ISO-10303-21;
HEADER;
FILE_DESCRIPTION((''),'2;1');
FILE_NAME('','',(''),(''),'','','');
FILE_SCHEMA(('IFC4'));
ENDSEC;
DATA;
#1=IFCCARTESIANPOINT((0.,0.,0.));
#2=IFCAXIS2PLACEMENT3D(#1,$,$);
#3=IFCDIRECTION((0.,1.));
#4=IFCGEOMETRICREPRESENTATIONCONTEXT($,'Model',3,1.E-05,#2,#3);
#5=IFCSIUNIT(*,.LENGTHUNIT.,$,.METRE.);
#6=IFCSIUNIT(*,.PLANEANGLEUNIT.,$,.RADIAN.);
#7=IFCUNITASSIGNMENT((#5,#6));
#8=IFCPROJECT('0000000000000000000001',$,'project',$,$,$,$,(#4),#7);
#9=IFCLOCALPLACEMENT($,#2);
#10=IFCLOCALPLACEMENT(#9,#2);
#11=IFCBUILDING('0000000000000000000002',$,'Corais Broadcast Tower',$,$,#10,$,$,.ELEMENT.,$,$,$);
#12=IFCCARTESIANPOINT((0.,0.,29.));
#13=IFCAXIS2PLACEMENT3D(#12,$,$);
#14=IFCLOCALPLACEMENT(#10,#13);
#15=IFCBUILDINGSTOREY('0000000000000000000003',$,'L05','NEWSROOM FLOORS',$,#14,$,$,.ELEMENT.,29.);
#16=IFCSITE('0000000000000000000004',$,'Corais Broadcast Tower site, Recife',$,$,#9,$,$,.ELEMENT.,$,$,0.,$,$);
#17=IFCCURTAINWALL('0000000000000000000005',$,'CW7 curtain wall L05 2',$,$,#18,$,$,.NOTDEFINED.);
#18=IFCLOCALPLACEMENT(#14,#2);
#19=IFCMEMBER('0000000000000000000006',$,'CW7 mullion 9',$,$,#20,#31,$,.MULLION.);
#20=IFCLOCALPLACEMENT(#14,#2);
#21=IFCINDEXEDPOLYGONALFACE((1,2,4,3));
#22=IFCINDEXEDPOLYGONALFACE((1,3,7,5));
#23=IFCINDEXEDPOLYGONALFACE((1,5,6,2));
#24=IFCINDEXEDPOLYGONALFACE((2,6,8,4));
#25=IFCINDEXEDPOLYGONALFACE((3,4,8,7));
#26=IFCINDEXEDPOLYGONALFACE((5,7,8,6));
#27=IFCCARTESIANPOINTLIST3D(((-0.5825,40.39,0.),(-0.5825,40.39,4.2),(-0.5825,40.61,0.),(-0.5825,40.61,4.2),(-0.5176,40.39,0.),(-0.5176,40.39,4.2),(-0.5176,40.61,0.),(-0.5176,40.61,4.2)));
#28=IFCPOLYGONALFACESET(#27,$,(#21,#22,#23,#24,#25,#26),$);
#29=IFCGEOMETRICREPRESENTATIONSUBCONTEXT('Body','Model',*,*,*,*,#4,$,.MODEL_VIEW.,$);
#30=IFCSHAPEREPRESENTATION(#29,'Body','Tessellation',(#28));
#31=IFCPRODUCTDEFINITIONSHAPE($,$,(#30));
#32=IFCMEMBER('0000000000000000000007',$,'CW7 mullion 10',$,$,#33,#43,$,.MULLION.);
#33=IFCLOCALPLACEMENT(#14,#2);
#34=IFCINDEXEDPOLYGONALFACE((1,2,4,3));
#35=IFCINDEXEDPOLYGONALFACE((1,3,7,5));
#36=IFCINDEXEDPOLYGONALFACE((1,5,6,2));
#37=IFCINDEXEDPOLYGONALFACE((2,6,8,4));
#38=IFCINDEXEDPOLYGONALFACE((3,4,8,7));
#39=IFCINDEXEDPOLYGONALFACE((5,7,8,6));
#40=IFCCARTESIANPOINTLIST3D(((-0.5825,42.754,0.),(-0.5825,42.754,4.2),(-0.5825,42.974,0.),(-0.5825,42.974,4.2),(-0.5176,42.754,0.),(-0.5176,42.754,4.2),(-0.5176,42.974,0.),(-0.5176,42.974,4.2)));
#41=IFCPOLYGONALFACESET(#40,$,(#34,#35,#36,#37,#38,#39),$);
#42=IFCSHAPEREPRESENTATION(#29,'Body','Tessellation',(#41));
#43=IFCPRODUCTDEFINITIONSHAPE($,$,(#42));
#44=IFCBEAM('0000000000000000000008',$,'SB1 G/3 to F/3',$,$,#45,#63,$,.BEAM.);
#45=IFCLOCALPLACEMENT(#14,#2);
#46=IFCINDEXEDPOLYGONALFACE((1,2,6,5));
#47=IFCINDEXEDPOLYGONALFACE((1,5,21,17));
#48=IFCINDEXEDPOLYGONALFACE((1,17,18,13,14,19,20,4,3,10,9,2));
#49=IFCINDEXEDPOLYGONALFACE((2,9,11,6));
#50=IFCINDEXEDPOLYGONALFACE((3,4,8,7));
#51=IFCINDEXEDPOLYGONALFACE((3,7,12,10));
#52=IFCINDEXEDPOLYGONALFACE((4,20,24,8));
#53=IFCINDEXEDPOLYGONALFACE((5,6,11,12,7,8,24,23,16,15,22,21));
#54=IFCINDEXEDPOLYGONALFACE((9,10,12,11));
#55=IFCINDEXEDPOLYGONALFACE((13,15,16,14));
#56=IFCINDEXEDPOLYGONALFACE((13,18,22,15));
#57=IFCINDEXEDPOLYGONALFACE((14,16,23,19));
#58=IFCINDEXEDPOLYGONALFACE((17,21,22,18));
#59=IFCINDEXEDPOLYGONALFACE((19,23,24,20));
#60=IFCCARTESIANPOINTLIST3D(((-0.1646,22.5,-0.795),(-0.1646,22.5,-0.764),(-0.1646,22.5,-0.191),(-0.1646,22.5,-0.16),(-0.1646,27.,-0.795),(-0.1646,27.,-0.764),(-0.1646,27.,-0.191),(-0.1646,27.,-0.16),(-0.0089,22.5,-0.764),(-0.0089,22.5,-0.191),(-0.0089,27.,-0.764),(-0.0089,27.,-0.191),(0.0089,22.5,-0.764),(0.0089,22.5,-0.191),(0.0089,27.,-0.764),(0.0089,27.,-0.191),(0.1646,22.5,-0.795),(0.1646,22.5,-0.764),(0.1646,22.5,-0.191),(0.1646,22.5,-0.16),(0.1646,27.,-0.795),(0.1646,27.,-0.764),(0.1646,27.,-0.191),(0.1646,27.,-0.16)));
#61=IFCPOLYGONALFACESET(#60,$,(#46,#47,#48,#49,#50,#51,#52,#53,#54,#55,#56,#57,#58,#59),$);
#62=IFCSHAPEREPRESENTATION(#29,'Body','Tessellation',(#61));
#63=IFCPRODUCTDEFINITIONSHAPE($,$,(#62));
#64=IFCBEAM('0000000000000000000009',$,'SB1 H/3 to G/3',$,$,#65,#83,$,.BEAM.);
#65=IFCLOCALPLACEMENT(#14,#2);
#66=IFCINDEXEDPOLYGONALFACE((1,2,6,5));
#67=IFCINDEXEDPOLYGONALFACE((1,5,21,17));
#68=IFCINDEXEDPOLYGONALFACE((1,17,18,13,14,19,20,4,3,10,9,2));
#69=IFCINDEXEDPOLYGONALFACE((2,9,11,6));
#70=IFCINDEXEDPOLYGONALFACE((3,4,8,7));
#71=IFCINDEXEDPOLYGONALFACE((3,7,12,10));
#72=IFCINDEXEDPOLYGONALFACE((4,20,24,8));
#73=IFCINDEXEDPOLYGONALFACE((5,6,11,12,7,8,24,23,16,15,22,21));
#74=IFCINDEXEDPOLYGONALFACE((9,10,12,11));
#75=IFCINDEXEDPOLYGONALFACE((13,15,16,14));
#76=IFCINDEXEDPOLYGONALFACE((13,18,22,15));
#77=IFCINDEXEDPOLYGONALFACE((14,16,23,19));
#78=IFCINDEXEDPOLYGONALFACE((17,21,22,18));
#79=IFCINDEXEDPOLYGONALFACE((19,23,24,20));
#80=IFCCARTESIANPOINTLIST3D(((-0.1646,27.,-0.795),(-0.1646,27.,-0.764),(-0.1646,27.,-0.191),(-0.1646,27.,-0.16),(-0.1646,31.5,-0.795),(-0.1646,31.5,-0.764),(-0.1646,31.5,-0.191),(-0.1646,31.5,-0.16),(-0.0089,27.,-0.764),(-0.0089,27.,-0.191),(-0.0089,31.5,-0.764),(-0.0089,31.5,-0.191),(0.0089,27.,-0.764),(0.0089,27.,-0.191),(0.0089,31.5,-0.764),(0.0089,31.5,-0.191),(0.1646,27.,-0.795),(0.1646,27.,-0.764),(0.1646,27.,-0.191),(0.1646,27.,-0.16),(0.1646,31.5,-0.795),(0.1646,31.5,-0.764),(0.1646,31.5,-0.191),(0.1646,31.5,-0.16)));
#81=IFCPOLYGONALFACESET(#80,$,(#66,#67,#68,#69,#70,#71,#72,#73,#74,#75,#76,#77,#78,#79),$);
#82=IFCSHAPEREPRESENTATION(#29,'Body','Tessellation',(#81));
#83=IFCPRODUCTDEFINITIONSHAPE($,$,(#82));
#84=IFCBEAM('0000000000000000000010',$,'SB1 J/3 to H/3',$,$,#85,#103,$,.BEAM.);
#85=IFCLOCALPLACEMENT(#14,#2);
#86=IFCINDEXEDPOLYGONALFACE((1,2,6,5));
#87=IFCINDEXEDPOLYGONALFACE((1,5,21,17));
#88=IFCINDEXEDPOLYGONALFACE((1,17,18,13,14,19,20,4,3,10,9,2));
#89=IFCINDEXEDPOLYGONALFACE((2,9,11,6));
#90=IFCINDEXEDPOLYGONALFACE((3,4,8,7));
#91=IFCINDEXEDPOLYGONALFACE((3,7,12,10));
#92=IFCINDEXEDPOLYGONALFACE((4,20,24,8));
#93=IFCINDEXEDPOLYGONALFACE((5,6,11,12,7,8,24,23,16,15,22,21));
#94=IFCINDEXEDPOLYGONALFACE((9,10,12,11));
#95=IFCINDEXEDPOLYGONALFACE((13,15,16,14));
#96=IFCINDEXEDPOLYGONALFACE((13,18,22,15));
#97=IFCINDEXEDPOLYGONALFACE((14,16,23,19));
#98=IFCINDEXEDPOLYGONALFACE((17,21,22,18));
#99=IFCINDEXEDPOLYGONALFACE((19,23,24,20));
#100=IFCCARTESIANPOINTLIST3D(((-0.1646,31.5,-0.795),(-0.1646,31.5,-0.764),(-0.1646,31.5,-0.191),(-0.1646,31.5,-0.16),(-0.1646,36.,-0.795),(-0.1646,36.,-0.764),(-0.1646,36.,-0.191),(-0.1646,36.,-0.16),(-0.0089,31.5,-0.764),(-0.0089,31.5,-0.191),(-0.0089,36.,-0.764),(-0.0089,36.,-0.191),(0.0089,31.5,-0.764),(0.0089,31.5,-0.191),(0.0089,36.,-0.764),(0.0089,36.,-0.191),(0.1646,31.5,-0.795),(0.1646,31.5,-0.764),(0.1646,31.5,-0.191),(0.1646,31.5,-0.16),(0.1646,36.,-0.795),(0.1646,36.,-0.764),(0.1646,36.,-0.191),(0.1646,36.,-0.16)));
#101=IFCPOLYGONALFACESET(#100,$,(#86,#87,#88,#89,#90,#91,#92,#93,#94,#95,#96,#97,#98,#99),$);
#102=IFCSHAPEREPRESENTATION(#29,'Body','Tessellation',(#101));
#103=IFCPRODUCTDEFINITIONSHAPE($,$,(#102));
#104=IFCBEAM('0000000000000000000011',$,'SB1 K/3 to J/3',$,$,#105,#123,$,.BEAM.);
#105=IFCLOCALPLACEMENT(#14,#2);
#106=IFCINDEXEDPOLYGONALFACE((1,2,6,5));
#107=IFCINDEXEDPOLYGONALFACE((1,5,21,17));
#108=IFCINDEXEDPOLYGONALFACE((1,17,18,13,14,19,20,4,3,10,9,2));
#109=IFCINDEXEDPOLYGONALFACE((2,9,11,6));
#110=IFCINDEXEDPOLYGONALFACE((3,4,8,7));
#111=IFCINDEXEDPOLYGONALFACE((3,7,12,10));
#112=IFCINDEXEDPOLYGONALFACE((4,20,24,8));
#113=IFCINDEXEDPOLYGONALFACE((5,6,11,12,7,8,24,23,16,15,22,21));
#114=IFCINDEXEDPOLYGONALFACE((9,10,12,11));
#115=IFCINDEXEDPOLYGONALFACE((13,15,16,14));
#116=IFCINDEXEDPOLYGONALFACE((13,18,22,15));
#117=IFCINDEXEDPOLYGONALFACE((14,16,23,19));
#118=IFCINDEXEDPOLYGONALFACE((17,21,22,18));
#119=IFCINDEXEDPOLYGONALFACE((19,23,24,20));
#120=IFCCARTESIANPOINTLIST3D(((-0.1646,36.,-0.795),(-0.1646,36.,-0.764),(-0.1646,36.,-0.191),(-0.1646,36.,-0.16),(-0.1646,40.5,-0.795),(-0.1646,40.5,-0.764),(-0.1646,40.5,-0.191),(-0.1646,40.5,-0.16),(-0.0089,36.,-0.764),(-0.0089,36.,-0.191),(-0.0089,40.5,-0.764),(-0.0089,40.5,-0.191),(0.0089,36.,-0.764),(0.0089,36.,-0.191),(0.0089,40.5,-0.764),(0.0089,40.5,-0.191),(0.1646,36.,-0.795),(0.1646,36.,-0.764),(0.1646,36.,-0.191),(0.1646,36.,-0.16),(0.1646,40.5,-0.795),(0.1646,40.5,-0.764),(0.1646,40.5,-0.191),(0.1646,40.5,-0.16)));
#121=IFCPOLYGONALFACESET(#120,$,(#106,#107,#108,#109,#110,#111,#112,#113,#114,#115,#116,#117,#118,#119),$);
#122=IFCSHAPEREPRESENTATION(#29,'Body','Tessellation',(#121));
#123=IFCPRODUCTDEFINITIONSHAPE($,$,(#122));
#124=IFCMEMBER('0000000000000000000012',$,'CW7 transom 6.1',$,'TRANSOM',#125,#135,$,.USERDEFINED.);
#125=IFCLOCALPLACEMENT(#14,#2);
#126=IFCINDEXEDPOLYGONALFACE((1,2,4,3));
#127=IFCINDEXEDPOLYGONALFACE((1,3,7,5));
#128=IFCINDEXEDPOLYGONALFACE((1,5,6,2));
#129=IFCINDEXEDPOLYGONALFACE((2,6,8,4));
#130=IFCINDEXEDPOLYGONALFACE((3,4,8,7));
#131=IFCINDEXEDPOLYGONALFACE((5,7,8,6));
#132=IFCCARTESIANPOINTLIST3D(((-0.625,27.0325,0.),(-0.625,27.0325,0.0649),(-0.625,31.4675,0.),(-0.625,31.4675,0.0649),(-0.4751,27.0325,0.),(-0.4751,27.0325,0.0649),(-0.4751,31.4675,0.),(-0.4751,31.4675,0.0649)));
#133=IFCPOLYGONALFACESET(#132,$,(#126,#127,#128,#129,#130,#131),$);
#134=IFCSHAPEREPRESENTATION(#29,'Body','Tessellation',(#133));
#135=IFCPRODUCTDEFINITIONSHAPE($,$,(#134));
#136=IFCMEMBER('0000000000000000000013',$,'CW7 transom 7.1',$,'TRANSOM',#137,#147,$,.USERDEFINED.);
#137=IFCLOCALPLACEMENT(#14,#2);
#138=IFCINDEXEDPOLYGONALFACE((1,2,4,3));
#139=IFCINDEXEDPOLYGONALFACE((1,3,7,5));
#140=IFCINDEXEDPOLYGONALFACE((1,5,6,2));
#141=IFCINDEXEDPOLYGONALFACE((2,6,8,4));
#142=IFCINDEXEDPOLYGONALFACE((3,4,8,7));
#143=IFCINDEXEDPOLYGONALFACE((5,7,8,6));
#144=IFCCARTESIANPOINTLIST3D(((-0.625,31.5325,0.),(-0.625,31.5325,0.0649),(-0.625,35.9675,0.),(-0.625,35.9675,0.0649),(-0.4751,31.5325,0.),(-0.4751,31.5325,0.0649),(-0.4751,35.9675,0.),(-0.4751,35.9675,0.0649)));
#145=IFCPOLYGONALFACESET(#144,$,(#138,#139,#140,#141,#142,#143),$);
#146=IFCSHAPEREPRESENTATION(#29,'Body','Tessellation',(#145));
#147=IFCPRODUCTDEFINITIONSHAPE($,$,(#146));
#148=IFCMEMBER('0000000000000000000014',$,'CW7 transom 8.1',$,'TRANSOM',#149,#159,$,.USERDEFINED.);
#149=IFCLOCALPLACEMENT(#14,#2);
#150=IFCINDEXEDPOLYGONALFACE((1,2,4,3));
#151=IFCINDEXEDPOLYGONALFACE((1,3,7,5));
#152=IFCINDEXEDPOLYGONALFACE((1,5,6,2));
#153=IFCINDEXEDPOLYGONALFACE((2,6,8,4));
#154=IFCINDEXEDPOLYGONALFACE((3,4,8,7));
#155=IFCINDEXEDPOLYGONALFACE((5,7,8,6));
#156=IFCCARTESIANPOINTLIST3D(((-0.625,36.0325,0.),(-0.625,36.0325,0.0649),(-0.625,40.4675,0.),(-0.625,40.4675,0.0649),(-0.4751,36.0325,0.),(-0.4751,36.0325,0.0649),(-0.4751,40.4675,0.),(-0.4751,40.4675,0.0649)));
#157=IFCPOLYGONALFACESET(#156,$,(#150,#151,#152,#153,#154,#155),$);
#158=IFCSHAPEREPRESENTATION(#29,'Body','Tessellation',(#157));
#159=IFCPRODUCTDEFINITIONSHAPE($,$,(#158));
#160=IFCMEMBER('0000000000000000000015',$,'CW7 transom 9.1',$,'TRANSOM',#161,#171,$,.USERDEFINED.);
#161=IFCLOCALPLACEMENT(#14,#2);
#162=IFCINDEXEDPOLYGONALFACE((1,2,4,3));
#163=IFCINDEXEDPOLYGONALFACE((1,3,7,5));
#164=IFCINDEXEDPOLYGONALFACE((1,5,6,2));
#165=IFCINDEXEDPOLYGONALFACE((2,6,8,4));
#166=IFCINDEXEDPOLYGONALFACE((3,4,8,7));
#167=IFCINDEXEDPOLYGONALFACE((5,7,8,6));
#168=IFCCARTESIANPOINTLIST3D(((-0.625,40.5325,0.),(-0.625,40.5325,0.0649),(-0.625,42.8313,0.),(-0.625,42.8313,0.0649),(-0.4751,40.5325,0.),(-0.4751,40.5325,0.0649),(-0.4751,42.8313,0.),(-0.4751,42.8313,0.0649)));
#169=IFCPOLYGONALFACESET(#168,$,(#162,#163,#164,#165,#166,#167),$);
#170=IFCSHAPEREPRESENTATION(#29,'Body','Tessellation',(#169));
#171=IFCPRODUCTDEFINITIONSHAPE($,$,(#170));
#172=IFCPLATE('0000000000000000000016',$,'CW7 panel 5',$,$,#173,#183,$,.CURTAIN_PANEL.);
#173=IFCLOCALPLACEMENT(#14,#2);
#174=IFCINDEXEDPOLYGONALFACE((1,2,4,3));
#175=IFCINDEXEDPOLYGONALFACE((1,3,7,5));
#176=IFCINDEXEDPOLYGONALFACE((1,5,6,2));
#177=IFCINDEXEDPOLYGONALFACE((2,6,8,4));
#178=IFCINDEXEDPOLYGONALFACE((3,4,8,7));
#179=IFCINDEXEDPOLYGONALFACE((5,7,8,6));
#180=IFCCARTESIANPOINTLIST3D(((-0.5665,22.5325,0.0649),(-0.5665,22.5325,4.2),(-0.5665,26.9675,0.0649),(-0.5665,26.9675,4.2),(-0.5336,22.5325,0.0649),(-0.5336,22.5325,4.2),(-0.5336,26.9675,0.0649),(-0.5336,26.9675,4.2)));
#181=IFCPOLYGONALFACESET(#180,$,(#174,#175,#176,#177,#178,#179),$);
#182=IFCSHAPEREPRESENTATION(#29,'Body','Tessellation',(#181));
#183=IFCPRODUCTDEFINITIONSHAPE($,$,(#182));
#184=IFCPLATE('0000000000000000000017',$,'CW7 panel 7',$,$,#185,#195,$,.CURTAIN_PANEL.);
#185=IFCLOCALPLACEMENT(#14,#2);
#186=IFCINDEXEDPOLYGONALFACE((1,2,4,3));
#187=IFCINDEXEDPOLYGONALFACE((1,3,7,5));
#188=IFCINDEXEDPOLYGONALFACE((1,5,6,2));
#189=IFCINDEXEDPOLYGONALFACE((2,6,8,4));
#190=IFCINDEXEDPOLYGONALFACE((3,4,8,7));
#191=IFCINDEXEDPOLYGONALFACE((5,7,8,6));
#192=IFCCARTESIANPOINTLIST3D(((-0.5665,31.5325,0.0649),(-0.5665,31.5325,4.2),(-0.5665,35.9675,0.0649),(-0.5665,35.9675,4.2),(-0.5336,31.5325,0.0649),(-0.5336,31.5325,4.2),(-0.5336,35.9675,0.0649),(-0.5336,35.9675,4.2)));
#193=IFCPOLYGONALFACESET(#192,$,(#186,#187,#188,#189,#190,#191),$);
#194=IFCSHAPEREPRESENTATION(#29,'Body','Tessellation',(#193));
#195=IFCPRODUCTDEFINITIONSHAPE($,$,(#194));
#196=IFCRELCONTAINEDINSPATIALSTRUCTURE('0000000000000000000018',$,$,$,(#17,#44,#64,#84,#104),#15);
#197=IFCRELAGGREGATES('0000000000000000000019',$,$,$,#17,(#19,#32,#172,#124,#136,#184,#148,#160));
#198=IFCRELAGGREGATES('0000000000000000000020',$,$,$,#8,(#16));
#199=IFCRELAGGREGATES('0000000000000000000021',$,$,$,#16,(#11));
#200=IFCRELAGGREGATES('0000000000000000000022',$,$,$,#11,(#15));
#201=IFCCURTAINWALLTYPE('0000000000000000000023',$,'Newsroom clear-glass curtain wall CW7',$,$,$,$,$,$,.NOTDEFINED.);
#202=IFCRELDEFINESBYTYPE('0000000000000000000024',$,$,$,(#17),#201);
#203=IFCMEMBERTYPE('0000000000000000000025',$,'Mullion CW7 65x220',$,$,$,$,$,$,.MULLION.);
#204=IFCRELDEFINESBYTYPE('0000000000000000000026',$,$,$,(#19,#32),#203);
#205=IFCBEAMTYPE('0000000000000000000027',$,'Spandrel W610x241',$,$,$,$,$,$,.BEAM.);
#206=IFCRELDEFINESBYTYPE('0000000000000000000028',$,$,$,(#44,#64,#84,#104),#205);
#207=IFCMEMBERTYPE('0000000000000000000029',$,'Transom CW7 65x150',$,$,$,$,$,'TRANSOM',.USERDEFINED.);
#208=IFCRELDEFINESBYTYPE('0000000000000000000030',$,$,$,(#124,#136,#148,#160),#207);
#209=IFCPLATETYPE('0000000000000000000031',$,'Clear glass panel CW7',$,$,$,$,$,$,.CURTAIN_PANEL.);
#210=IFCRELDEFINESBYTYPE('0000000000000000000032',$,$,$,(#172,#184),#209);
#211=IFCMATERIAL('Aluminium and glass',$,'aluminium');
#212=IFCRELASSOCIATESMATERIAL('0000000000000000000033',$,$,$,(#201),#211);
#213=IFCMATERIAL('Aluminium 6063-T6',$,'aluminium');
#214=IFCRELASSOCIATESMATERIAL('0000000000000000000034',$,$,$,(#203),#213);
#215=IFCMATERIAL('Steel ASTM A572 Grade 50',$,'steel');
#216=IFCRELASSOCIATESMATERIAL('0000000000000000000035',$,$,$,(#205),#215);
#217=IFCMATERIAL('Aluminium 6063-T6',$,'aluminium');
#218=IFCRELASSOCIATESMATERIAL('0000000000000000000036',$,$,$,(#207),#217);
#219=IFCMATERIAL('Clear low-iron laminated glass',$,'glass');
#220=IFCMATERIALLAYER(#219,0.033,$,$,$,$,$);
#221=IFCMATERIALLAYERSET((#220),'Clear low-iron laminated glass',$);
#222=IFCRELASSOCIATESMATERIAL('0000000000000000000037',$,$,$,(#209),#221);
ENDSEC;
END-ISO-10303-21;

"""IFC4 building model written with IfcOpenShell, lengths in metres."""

from ifc_helpers import new_model, si_unit, direction, frame, origin, origin_2d, place, context, subcontext, project, spatial, rectangle, i_section, extrude, material, layer, layer_set, material_profile, profile_set, type_object, element, aggregate, save


model = new_model("IFC4")

# Units and contexts
model_context = context("Model", 3, precision=1e-05, world=origin(), true_north=direction((0.0, 1.0)))
body_context = subcontext(model_context, "Body", "Model", "MODEL_VIEW")
ifc_project = project(units=[si_unit("LENGTHUNIT", "METRE"), si_unit("PLANEANGLEUNIT", "RADIAN")], contexts=[model_context])

# Site, building, storey
site_placement = place(None, origin())
site = spatial("IfcSite", under=ifc_project, at=site_placement, Name="Corais Broadcast Tower site, Recife", CompositionType="ELEMENT", RefElevation=0.0)
building_placement = place(site_placement, origin())
building = spatial("IfcBuilding", under=site, at=building_placement, Name="Corais Broadcast Tower", CompositionType="ELEMENT")
storey_placement = place(building_placement, frame((0.0, 0.0, 29.0)))
storey = spatial("IfcBuildingStorey", under=building, at=storey_placement, Name="L05", Description="NEWSROOM FLOORS", CompositionType="ELEMENT", Elevation=29.0)

# Curtain wall, members
ifc_material_1 = material(Name="Aluminium and glass", Category="aluminium")
curtain_wall_type = type_object("IfcCurtainWallType", Name="Newsroom clear-glass curtain wall CW7", PredefinedType="NOTDEFINED", material=ifc_material_1)
curtain_wall_placement = place(storey_placement, origin())
curtain_wall = element("IfcCurtainWall", 1, at=curtain_wall_placement, inside=storey, type_object=curtain_wall_type, Name="CW7 curtain wall L05 2", PredefinedType="NOTDEFINED")
ifc_material_2 = material(Name="Aluminium 6063-T6", Category="aluminium")
ifc_material_profile_1 = material_profile(ifc_material_2, rectangle(XDim=0.0649, YDim=0.22, at=origin_2d()), Name="Mullion CW7 65x220")
ifc_profile_set_1 = profile_set([ifc_material_profile_1], Name="Aluminium 6063-T6")
member_type_1 = type_object("IfcMemberType", Name="Mullion CW7 65x220", PredefinedType="MULLION", material=ifc_profile_set_1)
member_1_placement = place(storey_placement, frame((-0.55, 40.5, 0.0), z_axis=(0.0, 0.0, 1.0), x_axis=(-1.0, 0.0, 0.0)))
member_1 = element("IfcMember", 2, at=member_1_placement, type_object=member_type_1, Name="CW7 mullion 9", PredefinedType="MULLION", context=body_context, shape_type="SweptSolid", body=[
    extrude(rectangle(XDim=0.0649, YDim=0.22, at=origin_2d()), origin(), (0.0, 0.0, 1.0), 4.2),
])
member_2_placement = place(storey_placement, frame((-0.55, 42.864, 0.0), z_axis=(0.0, 0.0, 1.0), x_axis=(-1.0, 0.0, 0.0)))
member_2 = element("IfcMember", 3, at=member_2_placement, type_object=member_type_1, Name="CW7 mullion 10", PredefinedType="MULLION", context=body_context, shape_type="SweptSolid", body=[
    extrude(rectangle(XDim=0.0649, YDim=0.22, at=origin_2d()), origin(), (0.0, 0.0, 1.0), 4.2),
])

# Beams
ifc_material_3 = material(Name="Steel ASTM A572 Grade 50", Category="steel")
ifc_material_profile_2 = material_profile(ifc_material_3, i_section(OverallWidth=0.3291, OverallDepth=0.635, WebThickness=0.0178, FlangeThickness=0.031, at=origin_2d()), Name="W610x241")
ifc_profile_set_2 = profile_set([ifc_material_profile_2], Name="Steel ASTM A572 Grade 50")
beam_type_1 = type_object("IfcBeamType", Name="Spandrel W610x241", PredefinedType="BEAM", material=ifc_profile_set_2)
for number, where, z_axis, x_axis, name in (
    (4, (0.0, 27.0, -0.4775), (0.0, -1.0, 0.0), (1.0, 0.0, 0.0), "SB1 G/3 to F/3"),
    (5, (0.0, 31.5, -0.4775), (0.0, -1.0, 0.0), (1.0, 0.0, 0.0), "SB1 H/3 to G/3"),
    (6, (0.0, 36.0, -0.4775), (0.0, -1.0, 0.0), (1.0, 0.0, 0.0), "SB1 J/3 to H/3"),
    (7, (0.0, 40.5, -0.4775), (0.0, -1.0, 0.0), (1.0, 0.0, 0.0), "SB1 K/3 to J/3"),
):
    element("IfcBeam", number, at=place(storey_placement, frame(where, z_axis=z_axis, x_axis=x_axis)), inside=storey, type_object=beam_type_1, Name=name, PredefinedType="BEAM", context=body_context, shape_type="SweptSolid", body=[
        extrude(i_section(OverallWidth=0.3291, OverallDepth=0.635, WebThickness=0.0178, FlangeThickness=0.031, at=origin_2d()), origin(), (0.0, 0.0, 1.0), 4.5),
    ])

# Members
ifc_material_4 = material(Name="Aluminium 6063-T6", Category="aluminium")
ifc_material_profile_3 = material_profile(ifc_material_4, rectangle(XDim=0.1499, YDim=0.0649, at=origin_2d()), Name="Transom CW7 65x150")
ifc_profile_set_3 = profile_set([ifc_material_profile_3], Name="Aluminium 6063-T6")
member_type_2 = type_object("IfcMemberType", Name="Transom CW7 65x150", ElementType="TRANSOM", PredefinedType="USERDEFINED", material=ifc_profile_set_3)
member_3_placement = place(storey_placement, frame((-0.55, 27.0325, 0.0325), z_axis=(0.0, 1.0, 0.0), x_axis=(-1.0, 0.0, 0.0)))
member_3 = element("IfcMember", 8, at=member_3_placement, type_object=member_type_2, Name="CW7 transom 6.1", ObjectType="TRANSOM", PredefinedType="USERDEFINED", context=body_context, shape_type="SweptSolid", body=[
    extrude(rectangle(XDim=0.1499, YDim=0.0649, at=origin_2d()), origin(), (0.0, 0.0, 1.0), 4.4351),
])
member_4_placement = place(storey_placement, frame((-0.55, 31.5325, 0.0325), z_axis=(0.0, 1.0, 0.0), x_axis=(-1.0, 0.0, 0.0)))
member_4 = element("IfcMember", 9, at=member_4_placement, type_object=member_type_2, Name="CW7 transom 7.1", ObjectType="TRANSOM", PredefinedType="USERDEFINED", context=body_context, shape_type="SweptSolid", body=[
    extrude(rectangle(XDim=0.1499, YDim=0.0649, at=origin_2d()), origin(), (0.0, 0.0, 1.0), 4.4351),
])
member_5_placement = place(storey_placement, frame((-0.55, 36.0325, 0.0325), z_axis=(0.0, 1.0, 0.0), x_axis=(-1.0, 0.0, 0.0)))
member_5 = element("IfcMember", 10, at=member_5_placement, type_object=member_type_2, Name="CW7 transom 8.1", ObjectType="TRANSOM", PredefinedType="USERDEFINED", context=body_context, shape_type="SweptSolid", body=[
    extrude(rectangle(XDim=0.1499, YDim=0.0649, at=origin_2d()), origin(), (0.0, 0.0, 1.0), 4.4351),
])
member_6_placement = place(storey_placement, frame((-0.55, 40.5325, 0.0325), z_axis=(0.0, 1.0, 0.0), x_axis=(-1.0, 0.0, 0.0)))
member_6 = element("IfcMember", 11, at=member_6_placement, type_object=member_type_2, Name="CW7 transom 9.1", ObjectType="TRANSOM", PredefinedType="USERDEFINED", context=body_context, shape_type="SweptSolid", body=[
    extrude(rectangle(XDim=0.1499, YDim=0.0649, at=origin_2d()), origin(), (0.0, 0.0, 1.0), 2.2988),
])

# Plates
ifc_material_5 = material(Name="Clear low-iron laminated glass", Category="glass")
ifc_layer_1 = layer(ifc_material_5, 0.033)
ifc_layer_set_1 = layer_set([ifc_layer_1], Name="Clear low-iron laminated glass")
plate_type_1 = type_object("IfcPlateType", Name="Clear glass panel CW7", PredefinedType="CURTAIN_PANEL", material=ifc_layer_set_1)
plate_1_placement = place(storey_placement, frame((-0.55, 24.75, 0.0649), z_axis=(0.0, 0.0, 1.0), x_axis=(0.0, 1.0, 0.0)))
plate_1 = element("IfcPlate", 12, at=plate_1_placement, type_object=plate_type_1, Name="CW7 panel 5", PredefinedType="CURTAIN_PANEL", context=body_context, shape_type="SweptSolid", body=[
    extrude(rectangle(XDim=4.4351, YDim=0.033, at=origin_2d()), origin(), (0.0, 0.0, 1.0), 4.135),
])
plate_2_placement = place(storey_placement, frame((-0.55, 33.75, 0.0649), z_axis=(0.0, 0.0, 1.0), x_axis=(0.0, 1.0, 0.0)))
plate_2 = element("IfcPlate", 13, at=plate_2_placement, type_object=plate_type_1, Name="CW7 panel 7", PredefinedType="CURTAIN_PANEL", context=body_context, shape_type="SweptSolid", body=[
    extrude(rectangle(XDim=4.4351, YDim=0.033, at=origin_2d()), origin(), (0.0, 0.0, 1.0), 4.135),
])
aggregate(curtain_wall, [member_1, member_2, plate_1, member_3, member_4, plate_2, member_5, member_6])

save(model, "model.ifc")
